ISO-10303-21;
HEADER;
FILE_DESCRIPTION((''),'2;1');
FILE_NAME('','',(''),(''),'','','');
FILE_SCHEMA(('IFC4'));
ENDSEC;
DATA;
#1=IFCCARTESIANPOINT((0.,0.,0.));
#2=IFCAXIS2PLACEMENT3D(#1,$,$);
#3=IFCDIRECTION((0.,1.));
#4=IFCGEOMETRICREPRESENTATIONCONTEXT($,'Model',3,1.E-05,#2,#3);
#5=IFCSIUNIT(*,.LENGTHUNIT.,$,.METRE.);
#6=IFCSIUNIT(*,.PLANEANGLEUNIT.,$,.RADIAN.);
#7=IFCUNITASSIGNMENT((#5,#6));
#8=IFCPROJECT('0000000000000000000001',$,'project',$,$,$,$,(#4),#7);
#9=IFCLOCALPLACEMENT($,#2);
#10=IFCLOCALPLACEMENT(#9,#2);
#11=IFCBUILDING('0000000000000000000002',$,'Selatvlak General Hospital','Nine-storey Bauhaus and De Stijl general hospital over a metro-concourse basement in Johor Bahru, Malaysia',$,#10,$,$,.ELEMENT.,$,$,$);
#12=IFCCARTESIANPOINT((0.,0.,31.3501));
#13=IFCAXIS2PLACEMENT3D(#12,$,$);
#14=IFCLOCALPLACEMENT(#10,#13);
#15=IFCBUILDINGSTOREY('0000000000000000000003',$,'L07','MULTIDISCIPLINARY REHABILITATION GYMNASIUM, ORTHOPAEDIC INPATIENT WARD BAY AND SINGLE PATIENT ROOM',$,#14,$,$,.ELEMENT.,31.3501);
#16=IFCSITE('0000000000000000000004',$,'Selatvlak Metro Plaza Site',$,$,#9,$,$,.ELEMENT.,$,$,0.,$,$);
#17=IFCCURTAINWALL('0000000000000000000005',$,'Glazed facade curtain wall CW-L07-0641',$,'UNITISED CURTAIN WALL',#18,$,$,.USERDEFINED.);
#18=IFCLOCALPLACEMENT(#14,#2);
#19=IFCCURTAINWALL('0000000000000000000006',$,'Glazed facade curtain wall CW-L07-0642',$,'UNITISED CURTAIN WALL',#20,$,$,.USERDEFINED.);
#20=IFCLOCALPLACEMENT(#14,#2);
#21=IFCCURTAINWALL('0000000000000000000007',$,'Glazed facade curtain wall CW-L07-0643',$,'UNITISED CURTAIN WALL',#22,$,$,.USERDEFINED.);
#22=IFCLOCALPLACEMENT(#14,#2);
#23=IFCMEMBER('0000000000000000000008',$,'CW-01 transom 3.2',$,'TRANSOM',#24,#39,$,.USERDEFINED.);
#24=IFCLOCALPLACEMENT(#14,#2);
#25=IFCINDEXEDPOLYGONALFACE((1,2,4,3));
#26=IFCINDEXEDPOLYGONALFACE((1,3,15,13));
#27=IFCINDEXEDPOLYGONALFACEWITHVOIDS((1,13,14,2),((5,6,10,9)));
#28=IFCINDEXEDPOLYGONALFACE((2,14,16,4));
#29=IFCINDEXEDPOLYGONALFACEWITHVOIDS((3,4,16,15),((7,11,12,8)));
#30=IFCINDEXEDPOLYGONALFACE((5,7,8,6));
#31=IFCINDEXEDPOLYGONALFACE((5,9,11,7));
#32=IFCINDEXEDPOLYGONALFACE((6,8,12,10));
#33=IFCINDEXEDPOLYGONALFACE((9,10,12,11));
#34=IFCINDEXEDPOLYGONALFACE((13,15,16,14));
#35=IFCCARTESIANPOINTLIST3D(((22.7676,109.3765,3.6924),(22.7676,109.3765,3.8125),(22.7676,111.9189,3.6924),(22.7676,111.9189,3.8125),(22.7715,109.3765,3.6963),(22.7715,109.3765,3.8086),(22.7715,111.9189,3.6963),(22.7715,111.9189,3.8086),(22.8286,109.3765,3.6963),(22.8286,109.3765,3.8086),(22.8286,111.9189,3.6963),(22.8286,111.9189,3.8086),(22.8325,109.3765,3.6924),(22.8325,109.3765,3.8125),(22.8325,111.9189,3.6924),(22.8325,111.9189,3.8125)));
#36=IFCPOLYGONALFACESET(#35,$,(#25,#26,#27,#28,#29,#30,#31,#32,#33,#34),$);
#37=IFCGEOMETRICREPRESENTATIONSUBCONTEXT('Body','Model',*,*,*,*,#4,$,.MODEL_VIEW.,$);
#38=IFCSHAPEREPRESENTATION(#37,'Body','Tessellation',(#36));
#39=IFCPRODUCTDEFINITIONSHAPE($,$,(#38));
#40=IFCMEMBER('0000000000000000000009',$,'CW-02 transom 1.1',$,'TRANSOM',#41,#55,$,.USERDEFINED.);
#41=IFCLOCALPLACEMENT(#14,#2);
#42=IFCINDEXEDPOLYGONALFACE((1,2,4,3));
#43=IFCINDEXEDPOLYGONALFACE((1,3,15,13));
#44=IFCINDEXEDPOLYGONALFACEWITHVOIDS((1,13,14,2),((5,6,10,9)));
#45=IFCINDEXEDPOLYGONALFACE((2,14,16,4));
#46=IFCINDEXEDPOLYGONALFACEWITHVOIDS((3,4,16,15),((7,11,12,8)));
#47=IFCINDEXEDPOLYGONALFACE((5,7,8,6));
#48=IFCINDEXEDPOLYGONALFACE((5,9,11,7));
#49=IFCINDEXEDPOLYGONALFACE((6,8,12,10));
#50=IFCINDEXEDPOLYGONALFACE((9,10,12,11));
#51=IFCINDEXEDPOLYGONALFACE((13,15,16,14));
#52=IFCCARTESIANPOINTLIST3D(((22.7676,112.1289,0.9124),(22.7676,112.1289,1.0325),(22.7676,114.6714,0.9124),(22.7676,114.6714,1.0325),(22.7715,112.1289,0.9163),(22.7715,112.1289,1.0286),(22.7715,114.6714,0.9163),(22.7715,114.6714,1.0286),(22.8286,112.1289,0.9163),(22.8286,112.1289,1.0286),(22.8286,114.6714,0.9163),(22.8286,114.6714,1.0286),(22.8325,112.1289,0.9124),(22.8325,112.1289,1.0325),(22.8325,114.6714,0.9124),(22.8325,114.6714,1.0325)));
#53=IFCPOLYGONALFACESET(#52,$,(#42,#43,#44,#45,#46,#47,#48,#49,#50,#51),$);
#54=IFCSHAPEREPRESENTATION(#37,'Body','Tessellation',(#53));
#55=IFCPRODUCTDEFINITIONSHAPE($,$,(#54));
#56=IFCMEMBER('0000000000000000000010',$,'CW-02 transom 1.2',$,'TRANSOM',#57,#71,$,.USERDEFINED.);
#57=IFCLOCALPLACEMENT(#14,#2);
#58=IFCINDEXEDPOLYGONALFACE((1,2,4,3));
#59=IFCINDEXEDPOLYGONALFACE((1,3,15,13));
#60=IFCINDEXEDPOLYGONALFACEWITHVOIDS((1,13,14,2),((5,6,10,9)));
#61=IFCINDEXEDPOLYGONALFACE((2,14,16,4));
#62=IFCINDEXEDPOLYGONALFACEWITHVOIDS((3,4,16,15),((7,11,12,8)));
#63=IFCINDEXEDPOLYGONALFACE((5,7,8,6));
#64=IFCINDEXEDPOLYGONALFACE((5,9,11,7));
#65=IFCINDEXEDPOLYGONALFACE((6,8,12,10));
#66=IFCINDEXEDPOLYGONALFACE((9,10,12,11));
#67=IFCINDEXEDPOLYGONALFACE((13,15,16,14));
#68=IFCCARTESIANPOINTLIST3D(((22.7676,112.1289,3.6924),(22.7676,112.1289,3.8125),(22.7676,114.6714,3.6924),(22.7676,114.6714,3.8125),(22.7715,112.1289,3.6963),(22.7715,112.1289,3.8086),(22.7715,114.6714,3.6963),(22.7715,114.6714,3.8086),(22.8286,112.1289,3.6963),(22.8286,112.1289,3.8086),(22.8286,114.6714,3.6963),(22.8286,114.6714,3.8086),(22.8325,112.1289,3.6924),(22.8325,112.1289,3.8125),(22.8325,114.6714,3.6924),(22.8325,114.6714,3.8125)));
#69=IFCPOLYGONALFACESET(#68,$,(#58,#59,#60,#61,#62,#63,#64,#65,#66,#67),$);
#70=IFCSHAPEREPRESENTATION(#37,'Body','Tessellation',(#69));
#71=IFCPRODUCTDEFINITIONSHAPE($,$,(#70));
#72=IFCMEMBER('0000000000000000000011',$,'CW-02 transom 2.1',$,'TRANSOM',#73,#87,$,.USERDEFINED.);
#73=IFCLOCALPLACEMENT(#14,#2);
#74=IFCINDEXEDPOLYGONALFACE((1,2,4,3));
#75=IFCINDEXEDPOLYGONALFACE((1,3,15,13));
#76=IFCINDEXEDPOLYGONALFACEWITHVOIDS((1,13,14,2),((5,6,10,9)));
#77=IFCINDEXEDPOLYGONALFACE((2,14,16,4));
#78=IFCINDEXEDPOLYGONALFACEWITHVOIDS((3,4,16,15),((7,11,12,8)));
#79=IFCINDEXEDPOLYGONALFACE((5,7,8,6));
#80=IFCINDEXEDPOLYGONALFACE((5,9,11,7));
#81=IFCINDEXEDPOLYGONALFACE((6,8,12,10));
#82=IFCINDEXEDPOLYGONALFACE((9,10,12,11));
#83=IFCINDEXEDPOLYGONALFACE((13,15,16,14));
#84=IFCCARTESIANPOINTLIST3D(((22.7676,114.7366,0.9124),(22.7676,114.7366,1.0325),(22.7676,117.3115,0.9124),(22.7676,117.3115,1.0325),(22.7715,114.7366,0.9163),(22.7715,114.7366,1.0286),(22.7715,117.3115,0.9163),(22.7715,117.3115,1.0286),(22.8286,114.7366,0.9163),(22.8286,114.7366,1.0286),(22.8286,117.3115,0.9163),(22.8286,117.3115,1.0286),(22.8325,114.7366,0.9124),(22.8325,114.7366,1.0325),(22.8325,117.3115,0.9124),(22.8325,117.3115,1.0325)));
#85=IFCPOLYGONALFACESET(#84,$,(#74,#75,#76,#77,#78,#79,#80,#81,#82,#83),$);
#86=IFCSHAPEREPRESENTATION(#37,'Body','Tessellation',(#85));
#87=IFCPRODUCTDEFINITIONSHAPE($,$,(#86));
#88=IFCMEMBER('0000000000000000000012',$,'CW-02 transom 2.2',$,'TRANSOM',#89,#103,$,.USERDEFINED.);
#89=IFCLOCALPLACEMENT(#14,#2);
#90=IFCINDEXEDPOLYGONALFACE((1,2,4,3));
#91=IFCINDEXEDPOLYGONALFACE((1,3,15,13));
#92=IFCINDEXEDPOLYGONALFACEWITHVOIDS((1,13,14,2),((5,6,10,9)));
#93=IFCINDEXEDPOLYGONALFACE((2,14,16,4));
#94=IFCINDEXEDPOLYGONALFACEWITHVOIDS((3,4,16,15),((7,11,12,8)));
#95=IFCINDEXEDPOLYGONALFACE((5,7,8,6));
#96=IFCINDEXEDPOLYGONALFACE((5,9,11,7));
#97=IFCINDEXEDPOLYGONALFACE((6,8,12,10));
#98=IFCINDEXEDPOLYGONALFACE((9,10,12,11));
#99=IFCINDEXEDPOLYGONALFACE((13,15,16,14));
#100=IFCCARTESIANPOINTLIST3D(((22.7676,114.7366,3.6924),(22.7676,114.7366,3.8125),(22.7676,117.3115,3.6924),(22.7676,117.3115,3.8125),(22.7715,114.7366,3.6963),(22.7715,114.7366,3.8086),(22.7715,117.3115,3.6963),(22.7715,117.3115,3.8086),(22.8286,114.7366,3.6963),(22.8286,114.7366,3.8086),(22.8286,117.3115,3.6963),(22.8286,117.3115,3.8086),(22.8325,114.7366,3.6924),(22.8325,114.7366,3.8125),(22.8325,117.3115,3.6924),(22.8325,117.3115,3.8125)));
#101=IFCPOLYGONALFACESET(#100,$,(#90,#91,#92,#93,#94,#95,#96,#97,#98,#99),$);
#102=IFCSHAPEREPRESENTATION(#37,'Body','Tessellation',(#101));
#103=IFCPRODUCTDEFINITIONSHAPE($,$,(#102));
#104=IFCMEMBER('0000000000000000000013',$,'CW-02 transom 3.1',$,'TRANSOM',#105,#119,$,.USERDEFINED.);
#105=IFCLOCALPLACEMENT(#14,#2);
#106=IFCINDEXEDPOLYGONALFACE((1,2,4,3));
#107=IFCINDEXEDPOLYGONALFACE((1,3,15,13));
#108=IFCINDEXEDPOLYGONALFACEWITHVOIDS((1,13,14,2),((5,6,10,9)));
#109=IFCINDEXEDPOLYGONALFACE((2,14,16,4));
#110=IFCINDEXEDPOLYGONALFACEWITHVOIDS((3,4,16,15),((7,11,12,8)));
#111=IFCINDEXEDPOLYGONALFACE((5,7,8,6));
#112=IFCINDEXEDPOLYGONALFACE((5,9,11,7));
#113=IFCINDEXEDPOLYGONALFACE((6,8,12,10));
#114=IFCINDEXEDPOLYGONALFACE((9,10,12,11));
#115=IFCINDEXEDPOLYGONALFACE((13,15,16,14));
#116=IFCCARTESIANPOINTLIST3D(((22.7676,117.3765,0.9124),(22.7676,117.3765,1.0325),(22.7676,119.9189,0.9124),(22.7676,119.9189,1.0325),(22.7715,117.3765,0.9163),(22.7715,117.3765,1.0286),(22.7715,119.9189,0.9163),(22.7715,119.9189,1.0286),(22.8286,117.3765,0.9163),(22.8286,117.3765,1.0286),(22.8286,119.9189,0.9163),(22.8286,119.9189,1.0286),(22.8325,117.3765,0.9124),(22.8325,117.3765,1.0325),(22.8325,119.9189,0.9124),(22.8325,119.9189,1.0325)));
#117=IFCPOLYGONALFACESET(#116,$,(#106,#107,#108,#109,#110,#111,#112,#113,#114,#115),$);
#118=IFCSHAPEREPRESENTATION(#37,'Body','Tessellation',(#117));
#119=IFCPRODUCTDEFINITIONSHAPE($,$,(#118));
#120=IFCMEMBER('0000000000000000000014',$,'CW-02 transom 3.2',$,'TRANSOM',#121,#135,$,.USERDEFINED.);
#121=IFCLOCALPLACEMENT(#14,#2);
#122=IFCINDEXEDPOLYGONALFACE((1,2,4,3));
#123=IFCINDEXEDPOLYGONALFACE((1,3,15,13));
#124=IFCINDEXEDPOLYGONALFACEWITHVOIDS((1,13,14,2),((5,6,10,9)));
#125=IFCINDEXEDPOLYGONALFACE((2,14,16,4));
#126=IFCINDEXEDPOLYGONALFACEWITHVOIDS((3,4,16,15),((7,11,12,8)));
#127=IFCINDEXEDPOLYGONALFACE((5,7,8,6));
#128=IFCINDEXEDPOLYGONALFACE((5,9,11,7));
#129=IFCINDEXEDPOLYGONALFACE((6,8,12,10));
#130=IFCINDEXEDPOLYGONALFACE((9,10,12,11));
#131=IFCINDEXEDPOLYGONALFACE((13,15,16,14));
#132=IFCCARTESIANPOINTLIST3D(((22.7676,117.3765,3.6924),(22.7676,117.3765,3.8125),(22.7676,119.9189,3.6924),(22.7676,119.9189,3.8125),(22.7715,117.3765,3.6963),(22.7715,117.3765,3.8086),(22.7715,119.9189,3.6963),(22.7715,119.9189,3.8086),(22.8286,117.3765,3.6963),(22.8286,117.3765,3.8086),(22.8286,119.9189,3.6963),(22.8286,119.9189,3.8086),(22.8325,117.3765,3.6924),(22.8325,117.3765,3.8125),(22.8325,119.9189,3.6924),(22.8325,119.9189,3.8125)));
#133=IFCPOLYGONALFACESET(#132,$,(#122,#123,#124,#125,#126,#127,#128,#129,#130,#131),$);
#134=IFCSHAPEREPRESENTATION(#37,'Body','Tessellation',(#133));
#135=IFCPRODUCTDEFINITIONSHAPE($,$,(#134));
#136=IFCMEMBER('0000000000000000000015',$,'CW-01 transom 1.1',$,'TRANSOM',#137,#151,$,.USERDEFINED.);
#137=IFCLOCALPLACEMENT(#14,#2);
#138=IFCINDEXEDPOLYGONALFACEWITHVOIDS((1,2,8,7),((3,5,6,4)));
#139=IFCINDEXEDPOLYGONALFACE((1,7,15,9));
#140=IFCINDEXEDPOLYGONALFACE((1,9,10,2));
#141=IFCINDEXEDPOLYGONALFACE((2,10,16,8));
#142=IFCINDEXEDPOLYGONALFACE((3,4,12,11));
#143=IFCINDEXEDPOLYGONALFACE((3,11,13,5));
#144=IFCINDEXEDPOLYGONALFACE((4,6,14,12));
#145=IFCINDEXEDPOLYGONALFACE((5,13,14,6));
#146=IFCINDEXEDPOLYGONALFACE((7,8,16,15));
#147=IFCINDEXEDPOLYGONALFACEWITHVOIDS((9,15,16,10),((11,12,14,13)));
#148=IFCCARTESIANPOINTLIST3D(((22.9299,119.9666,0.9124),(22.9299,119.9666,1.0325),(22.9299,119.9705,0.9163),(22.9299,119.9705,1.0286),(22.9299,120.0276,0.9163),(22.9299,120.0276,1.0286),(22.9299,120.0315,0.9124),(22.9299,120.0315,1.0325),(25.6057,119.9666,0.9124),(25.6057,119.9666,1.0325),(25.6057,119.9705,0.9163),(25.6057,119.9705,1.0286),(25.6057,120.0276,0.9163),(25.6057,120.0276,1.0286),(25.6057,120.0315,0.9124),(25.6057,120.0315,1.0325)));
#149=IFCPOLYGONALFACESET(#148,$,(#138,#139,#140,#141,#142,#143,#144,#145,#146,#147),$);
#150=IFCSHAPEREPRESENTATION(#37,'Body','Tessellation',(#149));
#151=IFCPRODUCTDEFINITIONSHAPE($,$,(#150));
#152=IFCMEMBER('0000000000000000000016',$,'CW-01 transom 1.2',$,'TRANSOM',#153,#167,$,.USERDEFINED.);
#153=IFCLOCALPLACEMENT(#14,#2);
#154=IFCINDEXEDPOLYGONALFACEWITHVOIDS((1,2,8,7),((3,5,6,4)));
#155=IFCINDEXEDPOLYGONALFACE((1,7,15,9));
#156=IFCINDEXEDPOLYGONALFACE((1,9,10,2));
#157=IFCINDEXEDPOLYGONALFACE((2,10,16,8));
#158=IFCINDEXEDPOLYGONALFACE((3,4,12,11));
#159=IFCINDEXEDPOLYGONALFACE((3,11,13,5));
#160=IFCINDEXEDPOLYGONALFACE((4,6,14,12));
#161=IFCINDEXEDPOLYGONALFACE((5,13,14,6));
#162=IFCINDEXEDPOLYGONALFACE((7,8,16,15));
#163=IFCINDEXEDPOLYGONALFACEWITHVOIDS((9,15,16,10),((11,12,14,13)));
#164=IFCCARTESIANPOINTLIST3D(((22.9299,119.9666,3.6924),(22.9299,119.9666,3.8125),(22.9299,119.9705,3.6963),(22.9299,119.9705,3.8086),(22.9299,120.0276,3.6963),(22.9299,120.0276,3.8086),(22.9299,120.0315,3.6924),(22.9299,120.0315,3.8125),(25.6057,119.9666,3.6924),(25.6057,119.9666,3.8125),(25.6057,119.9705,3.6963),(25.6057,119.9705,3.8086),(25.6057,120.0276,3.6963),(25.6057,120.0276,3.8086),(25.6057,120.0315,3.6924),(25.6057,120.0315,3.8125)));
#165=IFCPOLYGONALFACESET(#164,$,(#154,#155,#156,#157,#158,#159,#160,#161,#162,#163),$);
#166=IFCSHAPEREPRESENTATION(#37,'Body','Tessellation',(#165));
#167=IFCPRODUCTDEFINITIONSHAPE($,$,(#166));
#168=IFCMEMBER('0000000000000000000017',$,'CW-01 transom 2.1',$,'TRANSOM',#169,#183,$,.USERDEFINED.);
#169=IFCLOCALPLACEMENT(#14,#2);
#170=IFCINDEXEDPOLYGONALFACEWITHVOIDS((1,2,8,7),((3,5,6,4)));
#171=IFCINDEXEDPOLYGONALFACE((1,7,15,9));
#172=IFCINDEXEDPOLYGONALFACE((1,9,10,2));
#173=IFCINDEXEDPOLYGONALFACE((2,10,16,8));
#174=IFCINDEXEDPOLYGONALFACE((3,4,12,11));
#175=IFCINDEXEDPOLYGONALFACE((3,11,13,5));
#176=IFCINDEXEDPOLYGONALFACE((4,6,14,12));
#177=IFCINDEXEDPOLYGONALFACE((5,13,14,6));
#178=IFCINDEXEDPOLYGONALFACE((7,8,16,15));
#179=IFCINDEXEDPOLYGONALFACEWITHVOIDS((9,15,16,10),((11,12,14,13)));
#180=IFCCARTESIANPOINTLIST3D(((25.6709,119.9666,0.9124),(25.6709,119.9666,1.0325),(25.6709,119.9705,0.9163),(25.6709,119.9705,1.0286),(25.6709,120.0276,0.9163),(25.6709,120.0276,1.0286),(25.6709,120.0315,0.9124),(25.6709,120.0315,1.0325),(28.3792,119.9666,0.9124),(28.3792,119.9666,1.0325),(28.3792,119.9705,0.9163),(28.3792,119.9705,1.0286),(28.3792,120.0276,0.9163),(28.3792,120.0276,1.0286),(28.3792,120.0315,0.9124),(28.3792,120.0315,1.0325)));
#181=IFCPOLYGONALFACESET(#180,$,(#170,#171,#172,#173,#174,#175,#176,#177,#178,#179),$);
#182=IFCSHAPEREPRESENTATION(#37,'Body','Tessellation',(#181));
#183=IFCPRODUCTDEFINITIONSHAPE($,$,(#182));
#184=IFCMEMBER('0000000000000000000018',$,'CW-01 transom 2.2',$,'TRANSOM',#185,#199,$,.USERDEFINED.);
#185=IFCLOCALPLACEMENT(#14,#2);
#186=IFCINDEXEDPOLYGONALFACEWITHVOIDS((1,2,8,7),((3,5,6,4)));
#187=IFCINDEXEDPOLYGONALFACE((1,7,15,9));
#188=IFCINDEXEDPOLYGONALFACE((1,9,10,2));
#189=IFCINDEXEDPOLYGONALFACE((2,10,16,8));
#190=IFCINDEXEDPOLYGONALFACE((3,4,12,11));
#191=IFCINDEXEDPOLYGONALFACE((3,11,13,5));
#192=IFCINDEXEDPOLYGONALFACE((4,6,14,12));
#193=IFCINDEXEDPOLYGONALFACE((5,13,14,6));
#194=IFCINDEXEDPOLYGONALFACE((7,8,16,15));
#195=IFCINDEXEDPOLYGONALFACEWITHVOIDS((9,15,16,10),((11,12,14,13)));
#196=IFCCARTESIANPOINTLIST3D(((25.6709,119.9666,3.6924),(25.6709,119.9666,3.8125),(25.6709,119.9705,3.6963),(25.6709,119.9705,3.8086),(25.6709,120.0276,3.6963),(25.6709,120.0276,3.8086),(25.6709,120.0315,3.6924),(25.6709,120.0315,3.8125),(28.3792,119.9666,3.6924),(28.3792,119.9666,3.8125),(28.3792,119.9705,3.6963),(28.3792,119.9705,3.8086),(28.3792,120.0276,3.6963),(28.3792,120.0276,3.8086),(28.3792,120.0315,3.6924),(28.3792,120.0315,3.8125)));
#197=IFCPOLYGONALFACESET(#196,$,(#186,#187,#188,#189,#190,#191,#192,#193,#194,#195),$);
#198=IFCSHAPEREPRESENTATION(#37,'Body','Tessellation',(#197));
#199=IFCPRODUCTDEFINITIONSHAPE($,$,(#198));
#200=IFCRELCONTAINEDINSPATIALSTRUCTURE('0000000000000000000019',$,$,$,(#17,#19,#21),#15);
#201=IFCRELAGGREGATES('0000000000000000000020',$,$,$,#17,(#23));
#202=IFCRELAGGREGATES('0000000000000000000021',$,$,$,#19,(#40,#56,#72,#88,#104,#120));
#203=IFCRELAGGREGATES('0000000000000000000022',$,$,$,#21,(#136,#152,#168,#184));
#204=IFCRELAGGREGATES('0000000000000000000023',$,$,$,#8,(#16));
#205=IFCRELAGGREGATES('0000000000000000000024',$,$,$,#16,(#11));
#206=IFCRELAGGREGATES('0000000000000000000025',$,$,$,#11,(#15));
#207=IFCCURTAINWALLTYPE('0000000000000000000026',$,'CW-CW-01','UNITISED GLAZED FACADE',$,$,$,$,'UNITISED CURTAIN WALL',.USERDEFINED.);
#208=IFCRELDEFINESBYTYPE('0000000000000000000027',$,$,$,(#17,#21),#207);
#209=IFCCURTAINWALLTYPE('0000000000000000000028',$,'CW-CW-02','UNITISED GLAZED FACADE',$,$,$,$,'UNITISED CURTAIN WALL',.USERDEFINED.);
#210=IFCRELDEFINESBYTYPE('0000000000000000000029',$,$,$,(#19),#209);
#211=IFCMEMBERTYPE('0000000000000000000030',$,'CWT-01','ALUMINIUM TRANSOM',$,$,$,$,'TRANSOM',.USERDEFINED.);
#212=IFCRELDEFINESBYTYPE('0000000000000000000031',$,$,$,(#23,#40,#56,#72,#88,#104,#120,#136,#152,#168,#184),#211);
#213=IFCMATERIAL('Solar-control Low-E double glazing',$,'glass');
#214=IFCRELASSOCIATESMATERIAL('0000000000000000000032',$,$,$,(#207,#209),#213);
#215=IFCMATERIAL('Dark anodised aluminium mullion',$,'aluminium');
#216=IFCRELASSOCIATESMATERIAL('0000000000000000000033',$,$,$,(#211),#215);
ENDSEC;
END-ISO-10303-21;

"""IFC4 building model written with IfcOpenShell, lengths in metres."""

from ifc_helpers import new_model, si_unit, direction, frame, origin, origin_2d, place, context, subcontext, project, spatial, hollow_rectangle, extrude, material, material_profile, profile_set, type_object, element, aggregate, save


model = new_model("IFC4")

# Units and contexts
model_context = context("Model", 3, precision=1e-05, world=origin(), true_north=direction((0.0, 1.0)))
body_context = subcontext(model_context, "Body", "Model", "MODEL_VIEW")
ifc_project = project(units=[si_unit("LENGTHUNIT", "METRE"), si_unit("PLANEANGLEUNIT", "RADIAN")], contexts=[model_context])

# Site, building, storey
site_placement = place(None, origin())
site = spatial("IfcSite", under=ifc_project, at=site_placement, Name="Selatvlak Metro Plaza Site", CompositionType="ELEMENT", RefElevation=0.0)
building_placement = place(site_placement, origin())
building = spatial("IfcBuilding", under=site, at=building_placement, Name="Selatvlak General Hospital", Description="Nine-storey Bauhaus and De Stijl general hospital over a metro-concourse basement in Johor Bahru, Malaysia", CompositionType="ELEMENT")
storey_placement = place(building_placement, frame((0.0, 0.0, 31.3501)))
storey = spatial("IfcBuildingStorey", under=building, at=storey_placement, Name="L07", Description="MULTIDISCIPLINARY REHABILITATION GYMNASIUM, ORTHOPAEDIC INPATIENT WARD BAY AND SINGLE PATIENT ROOM", CompositionType="ELEMENT", Elevation=31.3501)

# Curtain walls
ifc_material_1 = material(Name="Solar-control Low-E double glazing", Category="glass")
curtain_wall_type_1 = type_object("IfcCurtainWallType", Name="CW-CW-01", Description="UNITISED GLAZED FACADE", ElementType="UNITISED CURTAIN WALL", PredefinedType="USERDEFINED", material=ifc_material_1)
curtain_wall_1_placement = place(storey_placement, origin())
curtain_wall_1 = element("IfcCurtainWall", 1, at=curtain_wall_1_placement, inside=storey, type_object=curtain_wall_type_1, Name="Glazed facade curtain wall CW-L07-0641", ObjectType="UNITISED CURTAIN WALL", PredefinedType="USERDEFINED")
ifc_material_2 = material(Name="Dark anodised aluminium mullion", Category="aluminium")
curtain_wall_type_2 = type_object("IfcCurtainWallType", Name="CW-CW-02", Description="UNITISED GLAZED FACADE", ElementType="UNITISED CURTAIN WALL", PredefinedType="USERDEFINED", material=ifc_material_1)
curtain_wall_2_placement = place(storey_placement, origin())
curtain_wall_2 = element("IfcCurtainWall", 2, at=curtain_wall_2_placement, inside=storey, type_object=curtain_wall_type_2, Name="Glazed facade curtain wall CW-L07-0642", ObjectType="UNITISED CURTAIN WALL", PredefinedType="USERDEFINED")
curtain_wall_3_placement = place(storey_placement, origin())
curtain_wall_3 = element("IfcCurtainWall", 3, at=curtain_wall_3_placement, inside=storey, type_object=curtain_wall_type_1, Name="Glazed facade curtain wall CW-L07-0643", ObjectType="UNITISED CURTAIN WALL", PredefinedType="USERDEFINED")

# Members
ifc_material_profile_1 = material_profile(ifc_material_2, hollow_rectangle(XDim=0.0649, YDim=0.1201, WallThickness=0.0039, at=origin_2d()), Name="AL-TRN 65x120x4")
ifc_profile_set_1 = profile_set([ifc_material_profile_1], Name="Dark anodised aluminium mullion")
member_type_1 = type_object("IfcMemberType", Name="CWT-01", Description="ALUMINIUM TRANSOM", ElementType="TRANSOM", PredefinedType="USERDEFINED", material=ifc_profile_set_1)
member_1_placement = place(storey_placement, frame((22.8, 109.3765, 3.7524), z_axis=(0.0, 1.0, 0.0), x_axis=(-1.0, 0.0, 0.0)))
member_1 = element("IfcMember", 4, at=member_1_placement, type_object=member_type_1, Name="CW-01 transom 3.2", ObjectType="TRANSOM", PredefinedType="USERDEFINED", context=body_context, shape_type="SweptSolid", body=[
    extrude(hollow_rectangle(XDim=0.0649, YDim=0.1201, WallThickness=0.0039, at=origin_2d()), origin(), (0.0, 0.0, 1.0), 2.5425),
])
member_2_placement = place(storey_placement, frame((22.8, 112.1289, 0.9724), z_axis=(0.0, 1.0, 0.0), x_axis=(-1.0, 0.0, 0.0)))
member_2 = element("IfcMember", 5, at=member_2_placement, type_object=member_type_1, Name="CW-02 transom 1.1", ObjectType="TRANSOM", PredefinedType="USERDEFINED", context=body_context, shape_type="SweptSolid", body=[
    extrude(hollow_rectangle(XDim=0.0649, YDim=0.1201, WallThickness=0.0039, at=origin_2d()), origin(), (0.0, 0.0, 1.0), 2.5425),
])
member_3_placement = place(storey_placement, frame((22.8, 112.1289, 3.7524), z_axis=(0.0, 1.0, 0.0), x_axis=(-1.0, 0.0, 0.0)))
member_3 = element("IfcMember", 6, at=member_3_placement, type_object=member_type_1, Name="CW-02 transom 1.2", ObjectType="TRANSOM", PredefinedType="USERDEFINED", context=body_context, shape_type="SweptSolid", body=[
    extrude(hollow_rectangle(XDim=0.0649, YDim=0.1201, WallThickness=0.0039, at=origin_2d()), origin(), (0.0, 0.0, 1.0), 2.5425),
])
member_4_placement = place(storey_placement, frame((22.8, 114.7366, 0.9724), z_axis=(0.0, 1.0, 0.0), x_axis=(-1.0, 0.0, 0.0)))
member_4 = element("IfcMember", 7, at=member_4_placement, type_object=member_type_1, Name="CW-02 transom 2.1", ObjectType="TRANSOM", PredefinedType="USERDEFINED", context=body_context, shape_type="SweptSolid", body=[
    extrude(hollow_rectangle(XDim=0.0649, YDim=0.1201, WallThickness=0.0039, at=origin_2d()), origin(), (0.0, 0.0, 1.0), 2.575),
])
member_5_placement = place(storey_placement, frame((22.8, 114.7366, 3.7524), z_axis=(0.0, 1.0, 0.0), x_axis=(-1.0, 0.0, 0.0)))
member_5 = element("IfcMember", 8, at=member_5_placement, type_object=member_type_1, Name="CW-02 transom 2.2", ObjectType="TRANSOM", PredefinedType="USERDEFINED", context=body_context, shape_type="SweptSolid", body=[
    extrude(hollow_rectangle(XDim=0.0649, YDim=0.1201, WallThickness=0.0039, at=origin_2d()), origin(), (0.0, 0.0, 1.0), 2.575),
])
member_6_placement = place(storey_placement, frame((22.8, 117.3765, 0.9724), z_axis=(0.0, 1.0, 0.0), x_axis=(-1.0, 0.0, 0.0)))
member_6 = element("IfcMember", 9, at=member_6_placement, type_object=member_type_1, Name="CW-02 transom 3.1", ObjectType="TRANSOM", PredefinedType="USERDEFINED", context=body_context, shape_type="SweptSolid", body=[
    extrude(hollow_rectangle(XDim=0.0649, YDim=0.1201, WallThickness=0.0039, at=origin_2d()), origin(), (0.0, 0.0, 1.0), 2.5425),
])
member_7_placement = place(storey_placement, frame((22.8, 117.3765, 3.7524), z_axis=(0.0, 1.0, 0.0), x_axis=(-1.0, 0.0, 0.0)))
member_7 = element("IfcMember", 10, at=member_7_placement, type_object=member_type_1, Name="CW-02 transom 3.2", ObjectType="TRANSOM", PredefinedType="USERDEFINED", context=body_context, shape_type="SweptSolid", body=[
    extrude(hollow_rectangle(XDim=0.0649, YDim=0.1201, WallThickness=0.0039, at=origin_2d()), origin(), (0.0, 0.0, 1.0), 2.5425),
])
member_8_placement = place(storey_placement, frame((22.9299, 119.999, 0.9724), z_axis=(1.0, 0.0, 0.0), x_axis=(0.0, 1.0, 0.0)))
member_8 = element("IfcMember", 11, at=member_8_placement, type_object=member_type_1, Name="CW-01 transom 1.1", ObjectType="TRANSOM", PredefinedType="USERDEFINED", context=body_context, shape_type="SweptSolid", body=[
    extrude(hollow_rectangle(XDim=0.0649, YDim=0.1201, WallThickness=0.0039, at=origin_2d()), origin(), (0.0, 0.0, 1.0), 2.6758),
])
member_9_placement = place(storey_placement, frame((22.9299, 119.999, 3.7524), z_axis=(1.0, 0.0, 0.0), x_axis=(0.0, 1.0, 0.0)))
member_9 = element("IfcMember", 12, at=member_9_placement, type_object=member_type_1, Name="CW-01 transom 1.2", ObjectType="TRANSOM", PredefinedType="USERDEFINED", context=body_context, shape_type="SweptSolid", body=[
    extrude(hollow_rectangle(XDim=0.0649, YDim=0.1201, WallThickness=0.0039, at=origin_2d()), origin(), (0.0, 0.0, 1.0), 2.6758),
])
member_10_placement = place(storey_placement, frame((25.6709, 119.999, 0.9724), z_axis=(1.0, 0.0, 0.0), x_axis=(0.0, 1.0, 0.0)))
member_10 = element("IfcMember", 13, at=member_10_placement, type_object=member_type_1, Name="CW-01 transom 2.1", ObjectType="TRANSOM", PredefinedType="USERDEFINED", context=body_context, shape_type="SweptSolid", body=[
    extrude(hollow_rectangle(XDim=0.0649, YDim=0.1201, WallThickness=0.0039, at=origin_2d()), origin(), (0.0, 0.0, 1.0), 2.7083),
])
member_11_placement = place(storey_placement, frame((25.6709, 119.999, 3.7524), z_axis=(1.0, 0.0, 0.0), x_axis=(0.0, 1.0, 0.0)))
member_11 = element("IfcMember", 14, at=member_11_placement, type_object=member_type_1, Name="CW-01 transom 2.2", ObjectType="TRANSOM", PredefinedType="USERDEFINED", context=body_context, shape_type="SweptSolid", body=[
    extrude(hollow_rectangle(XDim=0.0649, YDim=0.1201, WallThickness=0.0039, at=origin_2d()), origin(), (0.0, 0.0, 1.0), 2.7083),
])

aggregate(curtain_wall_1, [member_1])
aggregate(curtain_wall_2, [member_2, member_3, member_4, member_5, member_6, member_7])
aggregate(curtain_wall_3, [member_8, member_9, member_10, member_11])

save(model, "model.ifc")
